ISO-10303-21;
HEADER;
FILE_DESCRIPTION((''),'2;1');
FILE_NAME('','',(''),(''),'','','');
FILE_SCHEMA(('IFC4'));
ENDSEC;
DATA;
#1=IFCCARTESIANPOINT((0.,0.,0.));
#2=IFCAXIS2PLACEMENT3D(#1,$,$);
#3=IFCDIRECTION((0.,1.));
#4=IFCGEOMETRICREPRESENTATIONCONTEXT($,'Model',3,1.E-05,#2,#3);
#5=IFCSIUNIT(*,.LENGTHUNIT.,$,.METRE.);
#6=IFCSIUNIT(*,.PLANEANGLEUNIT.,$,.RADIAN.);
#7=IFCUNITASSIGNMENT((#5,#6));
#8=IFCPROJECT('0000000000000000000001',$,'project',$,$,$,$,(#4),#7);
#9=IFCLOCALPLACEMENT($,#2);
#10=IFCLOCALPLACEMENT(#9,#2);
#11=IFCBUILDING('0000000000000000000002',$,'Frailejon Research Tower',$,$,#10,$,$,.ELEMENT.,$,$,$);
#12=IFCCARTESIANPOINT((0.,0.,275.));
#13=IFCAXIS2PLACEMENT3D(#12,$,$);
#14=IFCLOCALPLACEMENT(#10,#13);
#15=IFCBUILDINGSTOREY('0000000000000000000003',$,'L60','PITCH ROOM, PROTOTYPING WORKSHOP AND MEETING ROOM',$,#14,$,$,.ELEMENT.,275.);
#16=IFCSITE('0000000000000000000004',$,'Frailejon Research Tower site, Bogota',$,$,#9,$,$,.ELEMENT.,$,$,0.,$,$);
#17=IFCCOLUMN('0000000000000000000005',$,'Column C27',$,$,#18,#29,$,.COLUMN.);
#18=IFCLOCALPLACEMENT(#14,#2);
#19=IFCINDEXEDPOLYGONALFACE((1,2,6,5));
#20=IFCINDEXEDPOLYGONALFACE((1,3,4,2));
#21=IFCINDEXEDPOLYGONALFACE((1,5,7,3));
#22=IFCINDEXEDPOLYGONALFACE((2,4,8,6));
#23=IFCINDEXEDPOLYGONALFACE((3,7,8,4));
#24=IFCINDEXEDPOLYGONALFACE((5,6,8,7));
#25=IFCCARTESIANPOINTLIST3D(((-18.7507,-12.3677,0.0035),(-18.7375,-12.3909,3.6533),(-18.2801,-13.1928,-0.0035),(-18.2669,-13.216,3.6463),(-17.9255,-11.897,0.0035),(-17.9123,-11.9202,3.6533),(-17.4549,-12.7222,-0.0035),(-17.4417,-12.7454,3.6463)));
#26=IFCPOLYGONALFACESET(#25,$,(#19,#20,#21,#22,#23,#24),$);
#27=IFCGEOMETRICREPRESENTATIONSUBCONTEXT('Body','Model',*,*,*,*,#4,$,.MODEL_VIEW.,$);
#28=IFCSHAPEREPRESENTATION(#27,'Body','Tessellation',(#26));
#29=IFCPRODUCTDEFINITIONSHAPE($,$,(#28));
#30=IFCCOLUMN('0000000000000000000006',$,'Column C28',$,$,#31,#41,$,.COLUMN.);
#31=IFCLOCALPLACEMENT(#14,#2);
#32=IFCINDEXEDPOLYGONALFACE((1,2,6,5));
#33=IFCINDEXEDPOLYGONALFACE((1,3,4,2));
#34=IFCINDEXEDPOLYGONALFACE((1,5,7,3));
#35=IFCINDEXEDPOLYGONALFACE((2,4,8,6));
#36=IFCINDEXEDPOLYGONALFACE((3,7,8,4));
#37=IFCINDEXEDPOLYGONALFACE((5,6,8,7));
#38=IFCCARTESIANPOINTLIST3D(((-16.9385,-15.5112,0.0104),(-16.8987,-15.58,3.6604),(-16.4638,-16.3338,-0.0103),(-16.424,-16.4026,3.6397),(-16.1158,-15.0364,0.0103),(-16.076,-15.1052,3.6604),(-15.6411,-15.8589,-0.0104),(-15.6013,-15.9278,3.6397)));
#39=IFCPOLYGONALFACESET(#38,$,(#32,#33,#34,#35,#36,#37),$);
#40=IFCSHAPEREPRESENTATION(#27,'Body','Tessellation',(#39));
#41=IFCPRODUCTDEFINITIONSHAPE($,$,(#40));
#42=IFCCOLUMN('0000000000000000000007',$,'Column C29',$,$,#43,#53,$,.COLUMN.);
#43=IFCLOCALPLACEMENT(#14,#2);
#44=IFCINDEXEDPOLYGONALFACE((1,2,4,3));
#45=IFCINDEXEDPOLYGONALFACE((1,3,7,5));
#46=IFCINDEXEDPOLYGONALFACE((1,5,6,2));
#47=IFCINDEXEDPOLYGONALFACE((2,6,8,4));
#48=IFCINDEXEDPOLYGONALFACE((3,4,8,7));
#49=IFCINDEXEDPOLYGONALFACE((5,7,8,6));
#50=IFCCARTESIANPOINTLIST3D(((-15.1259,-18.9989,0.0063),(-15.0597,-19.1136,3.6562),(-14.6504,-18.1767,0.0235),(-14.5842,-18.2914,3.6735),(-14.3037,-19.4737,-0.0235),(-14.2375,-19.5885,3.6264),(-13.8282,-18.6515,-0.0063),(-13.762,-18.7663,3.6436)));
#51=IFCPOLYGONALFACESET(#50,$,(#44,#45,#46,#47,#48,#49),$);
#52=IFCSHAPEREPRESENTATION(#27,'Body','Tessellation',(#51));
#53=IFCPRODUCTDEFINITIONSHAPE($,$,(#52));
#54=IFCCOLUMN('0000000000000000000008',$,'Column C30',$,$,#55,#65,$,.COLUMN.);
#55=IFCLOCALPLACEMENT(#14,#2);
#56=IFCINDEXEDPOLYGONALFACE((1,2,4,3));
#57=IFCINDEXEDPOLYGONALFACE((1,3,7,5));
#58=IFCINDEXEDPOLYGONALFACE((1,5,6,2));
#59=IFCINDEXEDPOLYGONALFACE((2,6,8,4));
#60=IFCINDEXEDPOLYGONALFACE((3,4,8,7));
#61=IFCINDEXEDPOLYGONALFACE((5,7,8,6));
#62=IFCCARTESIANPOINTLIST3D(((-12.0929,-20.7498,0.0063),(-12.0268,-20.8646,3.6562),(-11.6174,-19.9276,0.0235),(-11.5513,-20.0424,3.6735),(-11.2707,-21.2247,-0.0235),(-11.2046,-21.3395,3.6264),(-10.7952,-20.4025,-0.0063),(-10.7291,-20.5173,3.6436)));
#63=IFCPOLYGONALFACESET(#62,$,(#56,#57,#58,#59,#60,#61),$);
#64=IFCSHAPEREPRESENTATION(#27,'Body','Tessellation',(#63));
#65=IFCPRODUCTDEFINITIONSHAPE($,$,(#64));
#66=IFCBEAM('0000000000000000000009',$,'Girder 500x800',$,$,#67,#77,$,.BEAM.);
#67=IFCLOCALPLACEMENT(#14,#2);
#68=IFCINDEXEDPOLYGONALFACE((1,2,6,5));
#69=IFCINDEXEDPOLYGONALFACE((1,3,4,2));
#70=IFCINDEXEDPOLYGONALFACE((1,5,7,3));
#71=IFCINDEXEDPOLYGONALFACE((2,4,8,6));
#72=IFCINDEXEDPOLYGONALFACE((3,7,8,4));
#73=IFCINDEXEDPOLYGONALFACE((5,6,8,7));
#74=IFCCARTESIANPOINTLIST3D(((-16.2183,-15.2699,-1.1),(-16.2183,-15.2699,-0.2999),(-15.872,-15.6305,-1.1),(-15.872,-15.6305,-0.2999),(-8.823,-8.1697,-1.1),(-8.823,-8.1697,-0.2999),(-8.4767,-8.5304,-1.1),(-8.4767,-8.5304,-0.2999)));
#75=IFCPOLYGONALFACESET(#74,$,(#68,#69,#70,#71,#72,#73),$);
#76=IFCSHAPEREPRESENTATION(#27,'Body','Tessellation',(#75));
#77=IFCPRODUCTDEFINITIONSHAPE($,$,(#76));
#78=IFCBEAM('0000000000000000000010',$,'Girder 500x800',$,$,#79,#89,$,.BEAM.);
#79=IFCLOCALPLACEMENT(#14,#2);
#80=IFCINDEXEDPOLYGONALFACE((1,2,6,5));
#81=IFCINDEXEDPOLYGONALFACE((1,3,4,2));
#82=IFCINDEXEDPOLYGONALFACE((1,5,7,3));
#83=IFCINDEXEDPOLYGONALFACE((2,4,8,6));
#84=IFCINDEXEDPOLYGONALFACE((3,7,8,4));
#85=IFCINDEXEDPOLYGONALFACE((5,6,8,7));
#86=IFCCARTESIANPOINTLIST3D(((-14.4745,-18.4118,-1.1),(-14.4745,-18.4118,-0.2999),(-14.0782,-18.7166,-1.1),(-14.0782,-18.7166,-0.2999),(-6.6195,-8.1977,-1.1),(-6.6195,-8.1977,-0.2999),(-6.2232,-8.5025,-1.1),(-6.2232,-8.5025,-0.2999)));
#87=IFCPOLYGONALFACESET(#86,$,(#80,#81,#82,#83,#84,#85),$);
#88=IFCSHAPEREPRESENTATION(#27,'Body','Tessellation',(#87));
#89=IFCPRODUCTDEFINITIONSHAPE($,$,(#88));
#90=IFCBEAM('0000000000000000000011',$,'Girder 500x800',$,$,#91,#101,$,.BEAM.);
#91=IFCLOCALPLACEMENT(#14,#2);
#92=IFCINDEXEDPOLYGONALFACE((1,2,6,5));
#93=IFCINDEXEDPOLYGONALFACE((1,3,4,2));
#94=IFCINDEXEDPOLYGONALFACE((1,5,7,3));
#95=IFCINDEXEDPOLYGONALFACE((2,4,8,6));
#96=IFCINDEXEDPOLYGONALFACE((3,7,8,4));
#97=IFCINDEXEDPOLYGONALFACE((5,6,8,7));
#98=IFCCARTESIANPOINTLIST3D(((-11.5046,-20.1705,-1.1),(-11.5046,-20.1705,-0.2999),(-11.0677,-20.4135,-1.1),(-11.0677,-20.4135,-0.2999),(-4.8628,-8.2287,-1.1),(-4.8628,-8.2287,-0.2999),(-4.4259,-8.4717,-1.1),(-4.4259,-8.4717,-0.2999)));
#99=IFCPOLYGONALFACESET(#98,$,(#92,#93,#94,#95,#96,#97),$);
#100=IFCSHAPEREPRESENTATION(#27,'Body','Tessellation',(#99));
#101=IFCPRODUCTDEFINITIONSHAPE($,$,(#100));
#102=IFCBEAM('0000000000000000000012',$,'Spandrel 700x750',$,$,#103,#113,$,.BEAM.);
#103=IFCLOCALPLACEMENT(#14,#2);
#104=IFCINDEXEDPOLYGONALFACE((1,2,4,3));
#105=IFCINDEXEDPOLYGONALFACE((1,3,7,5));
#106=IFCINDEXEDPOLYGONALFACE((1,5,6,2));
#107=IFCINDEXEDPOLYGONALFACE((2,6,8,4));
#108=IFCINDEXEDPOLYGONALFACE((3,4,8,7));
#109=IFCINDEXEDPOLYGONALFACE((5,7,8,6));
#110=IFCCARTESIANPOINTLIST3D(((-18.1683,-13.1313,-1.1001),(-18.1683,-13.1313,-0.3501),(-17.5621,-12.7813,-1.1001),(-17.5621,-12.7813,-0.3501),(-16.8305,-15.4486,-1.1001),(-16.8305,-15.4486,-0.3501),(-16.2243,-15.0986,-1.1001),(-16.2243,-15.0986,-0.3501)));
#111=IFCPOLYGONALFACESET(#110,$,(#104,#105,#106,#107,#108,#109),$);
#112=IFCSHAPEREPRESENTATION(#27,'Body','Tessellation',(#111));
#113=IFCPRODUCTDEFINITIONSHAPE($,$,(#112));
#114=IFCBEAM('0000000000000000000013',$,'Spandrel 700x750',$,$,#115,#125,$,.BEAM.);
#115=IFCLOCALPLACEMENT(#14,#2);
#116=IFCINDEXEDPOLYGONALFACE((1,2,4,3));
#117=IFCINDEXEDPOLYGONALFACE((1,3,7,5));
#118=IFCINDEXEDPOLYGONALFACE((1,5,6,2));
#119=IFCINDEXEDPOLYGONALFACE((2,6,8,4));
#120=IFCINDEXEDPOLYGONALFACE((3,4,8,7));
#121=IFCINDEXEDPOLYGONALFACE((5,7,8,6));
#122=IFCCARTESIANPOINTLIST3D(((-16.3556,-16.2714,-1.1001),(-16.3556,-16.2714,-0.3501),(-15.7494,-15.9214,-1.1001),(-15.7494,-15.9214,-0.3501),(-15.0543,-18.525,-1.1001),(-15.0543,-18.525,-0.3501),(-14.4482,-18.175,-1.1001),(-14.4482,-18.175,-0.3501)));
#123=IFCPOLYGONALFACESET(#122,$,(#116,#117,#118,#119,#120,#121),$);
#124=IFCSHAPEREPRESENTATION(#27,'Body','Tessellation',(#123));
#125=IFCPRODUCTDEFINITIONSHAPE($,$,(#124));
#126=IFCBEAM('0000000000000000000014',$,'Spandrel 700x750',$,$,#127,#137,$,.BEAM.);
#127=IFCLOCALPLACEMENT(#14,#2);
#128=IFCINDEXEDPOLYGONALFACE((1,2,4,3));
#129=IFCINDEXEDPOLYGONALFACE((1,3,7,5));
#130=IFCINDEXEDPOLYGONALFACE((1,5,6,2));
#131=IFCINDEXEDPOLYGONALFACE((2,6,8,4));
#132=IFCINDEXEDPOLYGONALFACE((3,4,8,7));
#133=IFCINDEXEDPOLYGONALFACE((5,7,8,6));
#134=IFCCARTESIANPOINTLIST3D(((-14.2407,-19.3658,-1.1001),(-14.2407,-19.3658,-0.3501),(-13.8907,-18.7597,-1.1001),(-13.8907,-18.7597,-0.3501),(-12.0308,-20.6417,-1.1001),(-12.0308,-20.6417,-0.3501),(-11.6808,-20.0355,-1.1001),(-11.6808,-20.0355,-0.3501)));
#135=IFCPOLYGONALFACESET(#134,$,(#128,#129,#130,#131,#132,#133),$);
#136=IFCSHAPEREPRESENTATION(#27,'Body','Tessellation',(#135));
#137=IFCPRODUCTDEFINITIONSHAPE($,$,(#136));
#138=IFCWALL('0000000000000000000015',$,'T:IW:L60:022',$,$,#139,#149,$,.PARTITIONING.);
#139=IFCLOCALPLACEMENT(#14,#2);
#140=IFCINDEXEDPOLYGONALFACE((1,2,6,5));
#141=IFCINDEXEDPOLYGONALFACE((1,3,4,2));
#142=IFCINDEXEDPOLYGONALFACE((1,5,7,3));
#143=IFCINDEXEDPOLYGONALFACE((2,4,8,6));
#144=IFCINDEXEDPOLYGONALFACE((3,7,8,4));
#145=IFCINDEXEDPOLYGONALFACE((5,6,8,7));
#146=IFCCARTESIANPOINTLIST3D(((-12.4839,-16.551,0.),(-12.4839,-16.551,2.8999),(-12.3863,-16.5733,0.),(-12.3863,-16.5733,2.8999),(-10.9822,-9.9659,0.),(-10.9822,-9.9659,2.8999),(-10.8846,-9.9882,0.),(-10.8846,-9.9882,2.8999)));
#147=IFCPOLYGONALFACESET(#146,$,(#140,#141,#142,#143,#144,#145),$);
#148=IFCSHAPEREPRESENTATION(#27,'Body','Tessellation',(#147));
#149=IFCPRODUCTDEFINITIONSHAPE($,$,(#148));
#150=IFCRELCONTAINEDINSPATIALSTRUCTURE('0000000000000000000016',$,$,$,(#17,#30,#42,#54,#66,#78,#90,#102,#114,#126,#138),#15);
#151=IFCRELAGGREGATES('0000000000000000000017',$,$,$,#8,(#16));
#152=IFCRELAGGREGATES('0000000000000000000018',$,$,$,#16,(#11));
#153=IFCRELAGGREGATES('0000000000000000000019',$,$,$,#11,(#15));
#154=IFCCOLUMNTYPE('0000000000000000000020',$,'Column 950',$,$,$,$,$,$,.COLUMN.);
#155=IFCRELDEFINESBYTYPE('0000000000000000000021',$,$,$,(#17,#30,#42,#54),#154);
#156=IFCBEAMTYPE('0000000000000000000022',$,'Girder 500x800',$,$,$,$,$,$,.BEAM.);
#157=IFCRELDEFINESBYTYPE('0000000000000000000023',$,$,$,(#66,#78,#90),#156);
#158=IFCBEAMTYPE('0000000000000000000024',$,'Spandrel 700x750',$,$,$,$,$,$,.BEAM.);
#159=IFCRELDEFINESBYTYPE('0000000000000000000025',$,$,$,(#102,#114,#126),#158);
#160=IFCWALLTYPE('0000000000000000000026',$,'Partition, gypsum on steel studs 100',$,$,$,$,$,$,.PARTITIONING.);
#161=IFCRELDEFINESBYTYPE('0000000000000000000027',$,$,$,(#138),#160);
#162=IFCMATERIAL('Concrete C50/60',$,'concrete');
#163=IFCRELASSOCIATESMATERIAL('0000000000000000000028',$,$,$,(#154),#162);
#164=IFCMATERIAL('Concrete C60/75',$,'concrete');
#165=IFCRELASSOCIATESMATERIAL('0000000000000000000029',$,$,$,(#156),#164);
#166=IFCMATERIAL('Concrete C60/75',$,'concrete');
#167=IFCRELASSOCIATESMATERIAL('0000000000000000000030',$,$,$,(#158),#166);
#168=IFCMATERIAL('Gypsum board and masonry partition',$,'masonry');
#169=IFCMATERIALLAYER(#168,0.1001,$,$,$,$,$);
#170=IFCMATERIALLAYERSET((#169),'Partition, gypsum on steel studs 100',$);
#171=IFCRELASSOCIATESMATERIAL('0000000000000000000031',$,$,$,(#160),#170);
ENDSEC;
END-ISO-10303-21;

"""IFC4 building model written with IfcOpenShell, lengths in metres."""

from ifc_helpers import new_model, si_unit, direction, frame, frame_2d, origin, origin_2d, place, context, subcontext, project, spatial, rectangle, extrude, material, layer, layer_set, material_profile, profile_set, type_object, element, save


model = new_model("IFC4")

# Units and contexts
model_context = context("Model", 3, precision=1e-05, world=origin(), true_north=direction((0.0, 1.0)))
body_context = subcontext(model_context, "Body", "Model", "MODEL_VIEW")
ifc_project = project(units=[si_unit("LENGTHUNIT", "METRE"), si_unit("PLANEANGLEUNIT", "RADIAN")], contexts=[model_context])

# Site, building, storey
site_placement = place(None, origin())
site = spatial("IfcSite", under=ifc_project, at=site_placement, Name="Frailejon Research Tower site, Bogota", CompositionType="ELEMENT", RefElevation=0.0)
building_placement = place(site_placement, origin())
building = spatial("IfcBuilding", under=site, at=building_placement, Name="Frailejon Research Tower", CompositionType="ELEMENT")
storey_placement = place(building_placement, frame((0.0, 0.0, 275.0)))
storey = spatial("IfcBuildingStorey", under=building, at=storey_placement, Name="L60", Description="PITCH ROOM, PROTOTYPING WORKSHOP AND MEETING ROOM", CompositionType="ELEMENT", Elevation=275.0)

# Columns
ifc_material_1 = material(Name="Concrete C50/60", Category="concrete")
ifc_material_profile_1 = material_profile(ifc_material_1, rectangle(XDim=0.95, YDim=0.95, at=origin_2d()), Name="Column 950")
ifc_profile_set_1 = profile_set([ifc_material_profile_1], Name="Concrete C50/60")
column_type = type_object("IfcColumnType", Name="Column 950", PredefinedType="COLUMN", material=ifc_profile_set_1)
column_1_placement = place(storey_placement, frame((-18.1028, -12.5449, 0.0), z_axis=(0.003612, -0.006354, 0.999973), x_axis=(0.495427, -0.868619, -0.007309)))
element("IfcColumn", 1, at=column_1_placement, inside=storey, type_object=column_type, Name="Column C27", PredefinedType="COLUMN", context=body_context, shape_type="SweptSolid", body=[
    extrude(rectangle(XDim=0.95, YDim=0.95, at=origin_2d()), origin(), (0.0, 0.0, 1.0), 3.6499),
])
column_2_placement = place(storey_placement, frame((-16.2898, -15.6851, 0.0), z_axis=(0.0109, -0.018858, 0.999763), x_axis=(0.499729, -0.865908, -0.021782)))
element("IfcColumn", 2, at=column_2_placement, inside=storey, type_object=column_type, Name="Column C28", PredefinedType="COLUMN", context=body_context, shape_type="SweptSolid", body=[
    extrude(rectangle(XDim=0.95, YDim=0.95, at=origin_2d()), origin(), (0.0, 0.0, 1.0), 3.6509),
])
for number, where, z_axis, x_axis, name in (
    (3, (-14.4771, -18.8252, 0.0), (0.018115, -0.031417, 0.999342), (0.86552, -0.499889, -0.031405), "Column C29"),
    (4, (-11.4441, -20.5762, 0.0), (0.018115, -0.031417, 0.999342), (0.86552, -0.499889, -0.031405), "Column C30"),
):
    element("IfcColumn", number, at=place(storey_placement, frame(where, z_axis=z_axis, x_axis=x_axis)), inside=storey, type_object=column_type, Name=name, PredefinedType="COLUMN", context=body_context, shape_type="SweptSolid", body=[
        extrude(rectangle(XDim=0.95, YDim=0.95, at=origin_2d()), origin(), (0.0, 0.0, 1.0), 3.6523),
    ])

# Beams
ifc_material_2 = material(Name="Concrete C60/75", Category="concrete")
ifc_material_profile_2 = material_profile(ifc_material_2, rectangle(XDim=0.5, YDim=0.8, at=origin_2d()), Name="Girder 500x800")
ifc_profile_set_2 = profile_set([ifc_material_profile_2], Name="Concrete C60/75")
beam_type_1 = type_object("IfcBeamType", Name="Girder 500x800", PredefinedType="BEAM", material=ifc_profile_set_2)
beam_1_placement = place(storey_placement, frame((-16.0452, -15.4502, -0.7), z_axis=(0.721356, 0.692565, 0.0), x_axis=(-0.692565, 0.721356, 0.0)))
element("IfcBeam", 5, at=beam_1_placement, inside=storey, type_object=beam_type_1, Name="Girder 500x800", PredefinedType="BEAM", context=body_context, shape_type="SweptSolid", body=[
    extrude(rectangle(XDim=0.5, YDim=0.8, at=origin_2d()), origin(), (0.0, 0.0, 1.0), 10.252),
])
beam_2_placement = place(storey_placement, frame((-14.2764, -18.5642, -0.7), z_axis=(0.609612, 0.7927, 0.0), x_axis=(-0.7927, 0.609612, 0.0)))
element("IfcBeam", 6, at=beam_2_placement, inside=storey, type_object=beam_type_1, Name="Girder 500x800", PredefinedType="BEAM", context=body_context, shape_type="SweptSolid", body=[
    extrude(rectangle(XDim=0.5, YDim=0.8, at=origin_2d()), origin(), (0.0, 0.0, 1.0), 12.8853),
])
beam_3_placement = place(storey_placement, frame((-11.2861, -20.292, -0.7), z_axis=(0.48606, 0.873925, 0.0), x_axis=(-0.873925, 0.48606, 0.0)))
element("IfcBeam", 7, at=beam_3_placement, inside=storey, type_object=beam_type_1, Name="Girder 500x800", PredefinedType="BEAM", context=body_context, shape_type="SweptSolid", body=[
    extrude(rectangle(XDim=0.5, YDim=0.8, at=origin_2d()), origin(), (0.0, 0.0, 1.0), 13.6646),
])
ifc_material_3 = material(Name="Concrete C60/75", Category="concrete")
ifc_material_profile_3 = material_profile(ifc_material_3, rectangle(XDim=0.7, YDim=0.75, at=origin_2d()), Name="Spandrel 700x750")
ifc_profile_set_3 = profile_set([ifc_material_profile_3], Name="Concrete C60/75")
beam_type_2 = type_object("IfcBeamType", Name="Spandrel 700x750", PredefinedType="BEAM", material=ifc_profile_set_3)
beam_4_placement = place(storey_placement, frame((-17.8652, -12.9563, -0.7251), z_axis=(0.499986, -0.866034, 0.0), x_axis=(0.866034, 0.499986, 0.0)))
element("IfcBeam", 8, at=beam_4_placement, inside=storey, type_object=beam_type_2, Name="Spandrel 700x750", PredefinedType="BEAM", context=body_context, shape_type="SweptSolid", body=[
    extrude(rectangle(XDim=0.7, YDim=0.75, at=origin_2d()), origin(), (0.0, 0.0, 1.0), 2.6758),
])
beam_5_placement = place(storey_placement, frame((-16.0525, -16.0964, -0.7251), z_axis=(0.500034, -0.866006, 0.0), x_axis=(0.866006, 0.500034, 0.0)))
element("IfcBeam", 9, at=beam_5_placement, inside=storey, type_object=beam_type_2, Name="Spandrel 700x750", PredefinedType="BEAM", context=body_context, shape_type="SweptSolid", body=[
    extrude(rectangle(XDim=0.7, YDim=0.75, at=origin_2d()), origin(), (0.0, 0.0, 1.0), 2.6023),
])
beam_6_placement = place(storey_placement, frame((-14.0657, -19.0627, -0.7251), z_axis=(0.866033, -0.499987, 0.0), x_axis=(0.499987, 0.866033, 0.0)))
element("IfcBeam", 10, at=beam_6_placement, inside=storey, type_object=beam_type_2, Name="Spandrel 700x750", PredefinedType="BEAM", context=body_context, shape_type="SweptSolid", body=[
    extrude(rectangle(XDim=0.7, YDim=0.75, at=origin_2d()), origin(), (0.0, 0.0, 1.0), 2.5518),
])

# Wall
ifc_material_4 = material(Name="Gypsum board and masonry partition", Category="masonry")
ifc_layer_1 = layer(ifc_material_4, 0.1001)
ifc_layer_set_1 = layer_set([ifc_layer_1], Name="Partition, gypsum on steel studs 100")
wall_type_1 = type_object("IfcWallType", Name="Partition, gypsum on steel studs 100", PredefinedType="PARTITIONING", material=ifc_layer_set_1)
wall_1_placement = place(storey_placement, frame((-12.4351, -16.562, 0.0), z_axis=(0.0, 0.0, 1.0), x_axis=(0.222335, 0.97497, 0.0)))
element("IfcWall", 11, at=wall_1_placement, inside=storey, type_object=wall_type_1, Name="T:IW:L60:022", PredefinedType="PARTITIONING", context=body_context, shape_type="SweptSolid", body=[
    extrude(rectangle(XDim=6.7542, YDim=0.1001, at=frame_2d((3.377, 0.0))), origin(), (0.0, 0.0, 1.0), 2.8999),
])

save(model, "model.ifc")
